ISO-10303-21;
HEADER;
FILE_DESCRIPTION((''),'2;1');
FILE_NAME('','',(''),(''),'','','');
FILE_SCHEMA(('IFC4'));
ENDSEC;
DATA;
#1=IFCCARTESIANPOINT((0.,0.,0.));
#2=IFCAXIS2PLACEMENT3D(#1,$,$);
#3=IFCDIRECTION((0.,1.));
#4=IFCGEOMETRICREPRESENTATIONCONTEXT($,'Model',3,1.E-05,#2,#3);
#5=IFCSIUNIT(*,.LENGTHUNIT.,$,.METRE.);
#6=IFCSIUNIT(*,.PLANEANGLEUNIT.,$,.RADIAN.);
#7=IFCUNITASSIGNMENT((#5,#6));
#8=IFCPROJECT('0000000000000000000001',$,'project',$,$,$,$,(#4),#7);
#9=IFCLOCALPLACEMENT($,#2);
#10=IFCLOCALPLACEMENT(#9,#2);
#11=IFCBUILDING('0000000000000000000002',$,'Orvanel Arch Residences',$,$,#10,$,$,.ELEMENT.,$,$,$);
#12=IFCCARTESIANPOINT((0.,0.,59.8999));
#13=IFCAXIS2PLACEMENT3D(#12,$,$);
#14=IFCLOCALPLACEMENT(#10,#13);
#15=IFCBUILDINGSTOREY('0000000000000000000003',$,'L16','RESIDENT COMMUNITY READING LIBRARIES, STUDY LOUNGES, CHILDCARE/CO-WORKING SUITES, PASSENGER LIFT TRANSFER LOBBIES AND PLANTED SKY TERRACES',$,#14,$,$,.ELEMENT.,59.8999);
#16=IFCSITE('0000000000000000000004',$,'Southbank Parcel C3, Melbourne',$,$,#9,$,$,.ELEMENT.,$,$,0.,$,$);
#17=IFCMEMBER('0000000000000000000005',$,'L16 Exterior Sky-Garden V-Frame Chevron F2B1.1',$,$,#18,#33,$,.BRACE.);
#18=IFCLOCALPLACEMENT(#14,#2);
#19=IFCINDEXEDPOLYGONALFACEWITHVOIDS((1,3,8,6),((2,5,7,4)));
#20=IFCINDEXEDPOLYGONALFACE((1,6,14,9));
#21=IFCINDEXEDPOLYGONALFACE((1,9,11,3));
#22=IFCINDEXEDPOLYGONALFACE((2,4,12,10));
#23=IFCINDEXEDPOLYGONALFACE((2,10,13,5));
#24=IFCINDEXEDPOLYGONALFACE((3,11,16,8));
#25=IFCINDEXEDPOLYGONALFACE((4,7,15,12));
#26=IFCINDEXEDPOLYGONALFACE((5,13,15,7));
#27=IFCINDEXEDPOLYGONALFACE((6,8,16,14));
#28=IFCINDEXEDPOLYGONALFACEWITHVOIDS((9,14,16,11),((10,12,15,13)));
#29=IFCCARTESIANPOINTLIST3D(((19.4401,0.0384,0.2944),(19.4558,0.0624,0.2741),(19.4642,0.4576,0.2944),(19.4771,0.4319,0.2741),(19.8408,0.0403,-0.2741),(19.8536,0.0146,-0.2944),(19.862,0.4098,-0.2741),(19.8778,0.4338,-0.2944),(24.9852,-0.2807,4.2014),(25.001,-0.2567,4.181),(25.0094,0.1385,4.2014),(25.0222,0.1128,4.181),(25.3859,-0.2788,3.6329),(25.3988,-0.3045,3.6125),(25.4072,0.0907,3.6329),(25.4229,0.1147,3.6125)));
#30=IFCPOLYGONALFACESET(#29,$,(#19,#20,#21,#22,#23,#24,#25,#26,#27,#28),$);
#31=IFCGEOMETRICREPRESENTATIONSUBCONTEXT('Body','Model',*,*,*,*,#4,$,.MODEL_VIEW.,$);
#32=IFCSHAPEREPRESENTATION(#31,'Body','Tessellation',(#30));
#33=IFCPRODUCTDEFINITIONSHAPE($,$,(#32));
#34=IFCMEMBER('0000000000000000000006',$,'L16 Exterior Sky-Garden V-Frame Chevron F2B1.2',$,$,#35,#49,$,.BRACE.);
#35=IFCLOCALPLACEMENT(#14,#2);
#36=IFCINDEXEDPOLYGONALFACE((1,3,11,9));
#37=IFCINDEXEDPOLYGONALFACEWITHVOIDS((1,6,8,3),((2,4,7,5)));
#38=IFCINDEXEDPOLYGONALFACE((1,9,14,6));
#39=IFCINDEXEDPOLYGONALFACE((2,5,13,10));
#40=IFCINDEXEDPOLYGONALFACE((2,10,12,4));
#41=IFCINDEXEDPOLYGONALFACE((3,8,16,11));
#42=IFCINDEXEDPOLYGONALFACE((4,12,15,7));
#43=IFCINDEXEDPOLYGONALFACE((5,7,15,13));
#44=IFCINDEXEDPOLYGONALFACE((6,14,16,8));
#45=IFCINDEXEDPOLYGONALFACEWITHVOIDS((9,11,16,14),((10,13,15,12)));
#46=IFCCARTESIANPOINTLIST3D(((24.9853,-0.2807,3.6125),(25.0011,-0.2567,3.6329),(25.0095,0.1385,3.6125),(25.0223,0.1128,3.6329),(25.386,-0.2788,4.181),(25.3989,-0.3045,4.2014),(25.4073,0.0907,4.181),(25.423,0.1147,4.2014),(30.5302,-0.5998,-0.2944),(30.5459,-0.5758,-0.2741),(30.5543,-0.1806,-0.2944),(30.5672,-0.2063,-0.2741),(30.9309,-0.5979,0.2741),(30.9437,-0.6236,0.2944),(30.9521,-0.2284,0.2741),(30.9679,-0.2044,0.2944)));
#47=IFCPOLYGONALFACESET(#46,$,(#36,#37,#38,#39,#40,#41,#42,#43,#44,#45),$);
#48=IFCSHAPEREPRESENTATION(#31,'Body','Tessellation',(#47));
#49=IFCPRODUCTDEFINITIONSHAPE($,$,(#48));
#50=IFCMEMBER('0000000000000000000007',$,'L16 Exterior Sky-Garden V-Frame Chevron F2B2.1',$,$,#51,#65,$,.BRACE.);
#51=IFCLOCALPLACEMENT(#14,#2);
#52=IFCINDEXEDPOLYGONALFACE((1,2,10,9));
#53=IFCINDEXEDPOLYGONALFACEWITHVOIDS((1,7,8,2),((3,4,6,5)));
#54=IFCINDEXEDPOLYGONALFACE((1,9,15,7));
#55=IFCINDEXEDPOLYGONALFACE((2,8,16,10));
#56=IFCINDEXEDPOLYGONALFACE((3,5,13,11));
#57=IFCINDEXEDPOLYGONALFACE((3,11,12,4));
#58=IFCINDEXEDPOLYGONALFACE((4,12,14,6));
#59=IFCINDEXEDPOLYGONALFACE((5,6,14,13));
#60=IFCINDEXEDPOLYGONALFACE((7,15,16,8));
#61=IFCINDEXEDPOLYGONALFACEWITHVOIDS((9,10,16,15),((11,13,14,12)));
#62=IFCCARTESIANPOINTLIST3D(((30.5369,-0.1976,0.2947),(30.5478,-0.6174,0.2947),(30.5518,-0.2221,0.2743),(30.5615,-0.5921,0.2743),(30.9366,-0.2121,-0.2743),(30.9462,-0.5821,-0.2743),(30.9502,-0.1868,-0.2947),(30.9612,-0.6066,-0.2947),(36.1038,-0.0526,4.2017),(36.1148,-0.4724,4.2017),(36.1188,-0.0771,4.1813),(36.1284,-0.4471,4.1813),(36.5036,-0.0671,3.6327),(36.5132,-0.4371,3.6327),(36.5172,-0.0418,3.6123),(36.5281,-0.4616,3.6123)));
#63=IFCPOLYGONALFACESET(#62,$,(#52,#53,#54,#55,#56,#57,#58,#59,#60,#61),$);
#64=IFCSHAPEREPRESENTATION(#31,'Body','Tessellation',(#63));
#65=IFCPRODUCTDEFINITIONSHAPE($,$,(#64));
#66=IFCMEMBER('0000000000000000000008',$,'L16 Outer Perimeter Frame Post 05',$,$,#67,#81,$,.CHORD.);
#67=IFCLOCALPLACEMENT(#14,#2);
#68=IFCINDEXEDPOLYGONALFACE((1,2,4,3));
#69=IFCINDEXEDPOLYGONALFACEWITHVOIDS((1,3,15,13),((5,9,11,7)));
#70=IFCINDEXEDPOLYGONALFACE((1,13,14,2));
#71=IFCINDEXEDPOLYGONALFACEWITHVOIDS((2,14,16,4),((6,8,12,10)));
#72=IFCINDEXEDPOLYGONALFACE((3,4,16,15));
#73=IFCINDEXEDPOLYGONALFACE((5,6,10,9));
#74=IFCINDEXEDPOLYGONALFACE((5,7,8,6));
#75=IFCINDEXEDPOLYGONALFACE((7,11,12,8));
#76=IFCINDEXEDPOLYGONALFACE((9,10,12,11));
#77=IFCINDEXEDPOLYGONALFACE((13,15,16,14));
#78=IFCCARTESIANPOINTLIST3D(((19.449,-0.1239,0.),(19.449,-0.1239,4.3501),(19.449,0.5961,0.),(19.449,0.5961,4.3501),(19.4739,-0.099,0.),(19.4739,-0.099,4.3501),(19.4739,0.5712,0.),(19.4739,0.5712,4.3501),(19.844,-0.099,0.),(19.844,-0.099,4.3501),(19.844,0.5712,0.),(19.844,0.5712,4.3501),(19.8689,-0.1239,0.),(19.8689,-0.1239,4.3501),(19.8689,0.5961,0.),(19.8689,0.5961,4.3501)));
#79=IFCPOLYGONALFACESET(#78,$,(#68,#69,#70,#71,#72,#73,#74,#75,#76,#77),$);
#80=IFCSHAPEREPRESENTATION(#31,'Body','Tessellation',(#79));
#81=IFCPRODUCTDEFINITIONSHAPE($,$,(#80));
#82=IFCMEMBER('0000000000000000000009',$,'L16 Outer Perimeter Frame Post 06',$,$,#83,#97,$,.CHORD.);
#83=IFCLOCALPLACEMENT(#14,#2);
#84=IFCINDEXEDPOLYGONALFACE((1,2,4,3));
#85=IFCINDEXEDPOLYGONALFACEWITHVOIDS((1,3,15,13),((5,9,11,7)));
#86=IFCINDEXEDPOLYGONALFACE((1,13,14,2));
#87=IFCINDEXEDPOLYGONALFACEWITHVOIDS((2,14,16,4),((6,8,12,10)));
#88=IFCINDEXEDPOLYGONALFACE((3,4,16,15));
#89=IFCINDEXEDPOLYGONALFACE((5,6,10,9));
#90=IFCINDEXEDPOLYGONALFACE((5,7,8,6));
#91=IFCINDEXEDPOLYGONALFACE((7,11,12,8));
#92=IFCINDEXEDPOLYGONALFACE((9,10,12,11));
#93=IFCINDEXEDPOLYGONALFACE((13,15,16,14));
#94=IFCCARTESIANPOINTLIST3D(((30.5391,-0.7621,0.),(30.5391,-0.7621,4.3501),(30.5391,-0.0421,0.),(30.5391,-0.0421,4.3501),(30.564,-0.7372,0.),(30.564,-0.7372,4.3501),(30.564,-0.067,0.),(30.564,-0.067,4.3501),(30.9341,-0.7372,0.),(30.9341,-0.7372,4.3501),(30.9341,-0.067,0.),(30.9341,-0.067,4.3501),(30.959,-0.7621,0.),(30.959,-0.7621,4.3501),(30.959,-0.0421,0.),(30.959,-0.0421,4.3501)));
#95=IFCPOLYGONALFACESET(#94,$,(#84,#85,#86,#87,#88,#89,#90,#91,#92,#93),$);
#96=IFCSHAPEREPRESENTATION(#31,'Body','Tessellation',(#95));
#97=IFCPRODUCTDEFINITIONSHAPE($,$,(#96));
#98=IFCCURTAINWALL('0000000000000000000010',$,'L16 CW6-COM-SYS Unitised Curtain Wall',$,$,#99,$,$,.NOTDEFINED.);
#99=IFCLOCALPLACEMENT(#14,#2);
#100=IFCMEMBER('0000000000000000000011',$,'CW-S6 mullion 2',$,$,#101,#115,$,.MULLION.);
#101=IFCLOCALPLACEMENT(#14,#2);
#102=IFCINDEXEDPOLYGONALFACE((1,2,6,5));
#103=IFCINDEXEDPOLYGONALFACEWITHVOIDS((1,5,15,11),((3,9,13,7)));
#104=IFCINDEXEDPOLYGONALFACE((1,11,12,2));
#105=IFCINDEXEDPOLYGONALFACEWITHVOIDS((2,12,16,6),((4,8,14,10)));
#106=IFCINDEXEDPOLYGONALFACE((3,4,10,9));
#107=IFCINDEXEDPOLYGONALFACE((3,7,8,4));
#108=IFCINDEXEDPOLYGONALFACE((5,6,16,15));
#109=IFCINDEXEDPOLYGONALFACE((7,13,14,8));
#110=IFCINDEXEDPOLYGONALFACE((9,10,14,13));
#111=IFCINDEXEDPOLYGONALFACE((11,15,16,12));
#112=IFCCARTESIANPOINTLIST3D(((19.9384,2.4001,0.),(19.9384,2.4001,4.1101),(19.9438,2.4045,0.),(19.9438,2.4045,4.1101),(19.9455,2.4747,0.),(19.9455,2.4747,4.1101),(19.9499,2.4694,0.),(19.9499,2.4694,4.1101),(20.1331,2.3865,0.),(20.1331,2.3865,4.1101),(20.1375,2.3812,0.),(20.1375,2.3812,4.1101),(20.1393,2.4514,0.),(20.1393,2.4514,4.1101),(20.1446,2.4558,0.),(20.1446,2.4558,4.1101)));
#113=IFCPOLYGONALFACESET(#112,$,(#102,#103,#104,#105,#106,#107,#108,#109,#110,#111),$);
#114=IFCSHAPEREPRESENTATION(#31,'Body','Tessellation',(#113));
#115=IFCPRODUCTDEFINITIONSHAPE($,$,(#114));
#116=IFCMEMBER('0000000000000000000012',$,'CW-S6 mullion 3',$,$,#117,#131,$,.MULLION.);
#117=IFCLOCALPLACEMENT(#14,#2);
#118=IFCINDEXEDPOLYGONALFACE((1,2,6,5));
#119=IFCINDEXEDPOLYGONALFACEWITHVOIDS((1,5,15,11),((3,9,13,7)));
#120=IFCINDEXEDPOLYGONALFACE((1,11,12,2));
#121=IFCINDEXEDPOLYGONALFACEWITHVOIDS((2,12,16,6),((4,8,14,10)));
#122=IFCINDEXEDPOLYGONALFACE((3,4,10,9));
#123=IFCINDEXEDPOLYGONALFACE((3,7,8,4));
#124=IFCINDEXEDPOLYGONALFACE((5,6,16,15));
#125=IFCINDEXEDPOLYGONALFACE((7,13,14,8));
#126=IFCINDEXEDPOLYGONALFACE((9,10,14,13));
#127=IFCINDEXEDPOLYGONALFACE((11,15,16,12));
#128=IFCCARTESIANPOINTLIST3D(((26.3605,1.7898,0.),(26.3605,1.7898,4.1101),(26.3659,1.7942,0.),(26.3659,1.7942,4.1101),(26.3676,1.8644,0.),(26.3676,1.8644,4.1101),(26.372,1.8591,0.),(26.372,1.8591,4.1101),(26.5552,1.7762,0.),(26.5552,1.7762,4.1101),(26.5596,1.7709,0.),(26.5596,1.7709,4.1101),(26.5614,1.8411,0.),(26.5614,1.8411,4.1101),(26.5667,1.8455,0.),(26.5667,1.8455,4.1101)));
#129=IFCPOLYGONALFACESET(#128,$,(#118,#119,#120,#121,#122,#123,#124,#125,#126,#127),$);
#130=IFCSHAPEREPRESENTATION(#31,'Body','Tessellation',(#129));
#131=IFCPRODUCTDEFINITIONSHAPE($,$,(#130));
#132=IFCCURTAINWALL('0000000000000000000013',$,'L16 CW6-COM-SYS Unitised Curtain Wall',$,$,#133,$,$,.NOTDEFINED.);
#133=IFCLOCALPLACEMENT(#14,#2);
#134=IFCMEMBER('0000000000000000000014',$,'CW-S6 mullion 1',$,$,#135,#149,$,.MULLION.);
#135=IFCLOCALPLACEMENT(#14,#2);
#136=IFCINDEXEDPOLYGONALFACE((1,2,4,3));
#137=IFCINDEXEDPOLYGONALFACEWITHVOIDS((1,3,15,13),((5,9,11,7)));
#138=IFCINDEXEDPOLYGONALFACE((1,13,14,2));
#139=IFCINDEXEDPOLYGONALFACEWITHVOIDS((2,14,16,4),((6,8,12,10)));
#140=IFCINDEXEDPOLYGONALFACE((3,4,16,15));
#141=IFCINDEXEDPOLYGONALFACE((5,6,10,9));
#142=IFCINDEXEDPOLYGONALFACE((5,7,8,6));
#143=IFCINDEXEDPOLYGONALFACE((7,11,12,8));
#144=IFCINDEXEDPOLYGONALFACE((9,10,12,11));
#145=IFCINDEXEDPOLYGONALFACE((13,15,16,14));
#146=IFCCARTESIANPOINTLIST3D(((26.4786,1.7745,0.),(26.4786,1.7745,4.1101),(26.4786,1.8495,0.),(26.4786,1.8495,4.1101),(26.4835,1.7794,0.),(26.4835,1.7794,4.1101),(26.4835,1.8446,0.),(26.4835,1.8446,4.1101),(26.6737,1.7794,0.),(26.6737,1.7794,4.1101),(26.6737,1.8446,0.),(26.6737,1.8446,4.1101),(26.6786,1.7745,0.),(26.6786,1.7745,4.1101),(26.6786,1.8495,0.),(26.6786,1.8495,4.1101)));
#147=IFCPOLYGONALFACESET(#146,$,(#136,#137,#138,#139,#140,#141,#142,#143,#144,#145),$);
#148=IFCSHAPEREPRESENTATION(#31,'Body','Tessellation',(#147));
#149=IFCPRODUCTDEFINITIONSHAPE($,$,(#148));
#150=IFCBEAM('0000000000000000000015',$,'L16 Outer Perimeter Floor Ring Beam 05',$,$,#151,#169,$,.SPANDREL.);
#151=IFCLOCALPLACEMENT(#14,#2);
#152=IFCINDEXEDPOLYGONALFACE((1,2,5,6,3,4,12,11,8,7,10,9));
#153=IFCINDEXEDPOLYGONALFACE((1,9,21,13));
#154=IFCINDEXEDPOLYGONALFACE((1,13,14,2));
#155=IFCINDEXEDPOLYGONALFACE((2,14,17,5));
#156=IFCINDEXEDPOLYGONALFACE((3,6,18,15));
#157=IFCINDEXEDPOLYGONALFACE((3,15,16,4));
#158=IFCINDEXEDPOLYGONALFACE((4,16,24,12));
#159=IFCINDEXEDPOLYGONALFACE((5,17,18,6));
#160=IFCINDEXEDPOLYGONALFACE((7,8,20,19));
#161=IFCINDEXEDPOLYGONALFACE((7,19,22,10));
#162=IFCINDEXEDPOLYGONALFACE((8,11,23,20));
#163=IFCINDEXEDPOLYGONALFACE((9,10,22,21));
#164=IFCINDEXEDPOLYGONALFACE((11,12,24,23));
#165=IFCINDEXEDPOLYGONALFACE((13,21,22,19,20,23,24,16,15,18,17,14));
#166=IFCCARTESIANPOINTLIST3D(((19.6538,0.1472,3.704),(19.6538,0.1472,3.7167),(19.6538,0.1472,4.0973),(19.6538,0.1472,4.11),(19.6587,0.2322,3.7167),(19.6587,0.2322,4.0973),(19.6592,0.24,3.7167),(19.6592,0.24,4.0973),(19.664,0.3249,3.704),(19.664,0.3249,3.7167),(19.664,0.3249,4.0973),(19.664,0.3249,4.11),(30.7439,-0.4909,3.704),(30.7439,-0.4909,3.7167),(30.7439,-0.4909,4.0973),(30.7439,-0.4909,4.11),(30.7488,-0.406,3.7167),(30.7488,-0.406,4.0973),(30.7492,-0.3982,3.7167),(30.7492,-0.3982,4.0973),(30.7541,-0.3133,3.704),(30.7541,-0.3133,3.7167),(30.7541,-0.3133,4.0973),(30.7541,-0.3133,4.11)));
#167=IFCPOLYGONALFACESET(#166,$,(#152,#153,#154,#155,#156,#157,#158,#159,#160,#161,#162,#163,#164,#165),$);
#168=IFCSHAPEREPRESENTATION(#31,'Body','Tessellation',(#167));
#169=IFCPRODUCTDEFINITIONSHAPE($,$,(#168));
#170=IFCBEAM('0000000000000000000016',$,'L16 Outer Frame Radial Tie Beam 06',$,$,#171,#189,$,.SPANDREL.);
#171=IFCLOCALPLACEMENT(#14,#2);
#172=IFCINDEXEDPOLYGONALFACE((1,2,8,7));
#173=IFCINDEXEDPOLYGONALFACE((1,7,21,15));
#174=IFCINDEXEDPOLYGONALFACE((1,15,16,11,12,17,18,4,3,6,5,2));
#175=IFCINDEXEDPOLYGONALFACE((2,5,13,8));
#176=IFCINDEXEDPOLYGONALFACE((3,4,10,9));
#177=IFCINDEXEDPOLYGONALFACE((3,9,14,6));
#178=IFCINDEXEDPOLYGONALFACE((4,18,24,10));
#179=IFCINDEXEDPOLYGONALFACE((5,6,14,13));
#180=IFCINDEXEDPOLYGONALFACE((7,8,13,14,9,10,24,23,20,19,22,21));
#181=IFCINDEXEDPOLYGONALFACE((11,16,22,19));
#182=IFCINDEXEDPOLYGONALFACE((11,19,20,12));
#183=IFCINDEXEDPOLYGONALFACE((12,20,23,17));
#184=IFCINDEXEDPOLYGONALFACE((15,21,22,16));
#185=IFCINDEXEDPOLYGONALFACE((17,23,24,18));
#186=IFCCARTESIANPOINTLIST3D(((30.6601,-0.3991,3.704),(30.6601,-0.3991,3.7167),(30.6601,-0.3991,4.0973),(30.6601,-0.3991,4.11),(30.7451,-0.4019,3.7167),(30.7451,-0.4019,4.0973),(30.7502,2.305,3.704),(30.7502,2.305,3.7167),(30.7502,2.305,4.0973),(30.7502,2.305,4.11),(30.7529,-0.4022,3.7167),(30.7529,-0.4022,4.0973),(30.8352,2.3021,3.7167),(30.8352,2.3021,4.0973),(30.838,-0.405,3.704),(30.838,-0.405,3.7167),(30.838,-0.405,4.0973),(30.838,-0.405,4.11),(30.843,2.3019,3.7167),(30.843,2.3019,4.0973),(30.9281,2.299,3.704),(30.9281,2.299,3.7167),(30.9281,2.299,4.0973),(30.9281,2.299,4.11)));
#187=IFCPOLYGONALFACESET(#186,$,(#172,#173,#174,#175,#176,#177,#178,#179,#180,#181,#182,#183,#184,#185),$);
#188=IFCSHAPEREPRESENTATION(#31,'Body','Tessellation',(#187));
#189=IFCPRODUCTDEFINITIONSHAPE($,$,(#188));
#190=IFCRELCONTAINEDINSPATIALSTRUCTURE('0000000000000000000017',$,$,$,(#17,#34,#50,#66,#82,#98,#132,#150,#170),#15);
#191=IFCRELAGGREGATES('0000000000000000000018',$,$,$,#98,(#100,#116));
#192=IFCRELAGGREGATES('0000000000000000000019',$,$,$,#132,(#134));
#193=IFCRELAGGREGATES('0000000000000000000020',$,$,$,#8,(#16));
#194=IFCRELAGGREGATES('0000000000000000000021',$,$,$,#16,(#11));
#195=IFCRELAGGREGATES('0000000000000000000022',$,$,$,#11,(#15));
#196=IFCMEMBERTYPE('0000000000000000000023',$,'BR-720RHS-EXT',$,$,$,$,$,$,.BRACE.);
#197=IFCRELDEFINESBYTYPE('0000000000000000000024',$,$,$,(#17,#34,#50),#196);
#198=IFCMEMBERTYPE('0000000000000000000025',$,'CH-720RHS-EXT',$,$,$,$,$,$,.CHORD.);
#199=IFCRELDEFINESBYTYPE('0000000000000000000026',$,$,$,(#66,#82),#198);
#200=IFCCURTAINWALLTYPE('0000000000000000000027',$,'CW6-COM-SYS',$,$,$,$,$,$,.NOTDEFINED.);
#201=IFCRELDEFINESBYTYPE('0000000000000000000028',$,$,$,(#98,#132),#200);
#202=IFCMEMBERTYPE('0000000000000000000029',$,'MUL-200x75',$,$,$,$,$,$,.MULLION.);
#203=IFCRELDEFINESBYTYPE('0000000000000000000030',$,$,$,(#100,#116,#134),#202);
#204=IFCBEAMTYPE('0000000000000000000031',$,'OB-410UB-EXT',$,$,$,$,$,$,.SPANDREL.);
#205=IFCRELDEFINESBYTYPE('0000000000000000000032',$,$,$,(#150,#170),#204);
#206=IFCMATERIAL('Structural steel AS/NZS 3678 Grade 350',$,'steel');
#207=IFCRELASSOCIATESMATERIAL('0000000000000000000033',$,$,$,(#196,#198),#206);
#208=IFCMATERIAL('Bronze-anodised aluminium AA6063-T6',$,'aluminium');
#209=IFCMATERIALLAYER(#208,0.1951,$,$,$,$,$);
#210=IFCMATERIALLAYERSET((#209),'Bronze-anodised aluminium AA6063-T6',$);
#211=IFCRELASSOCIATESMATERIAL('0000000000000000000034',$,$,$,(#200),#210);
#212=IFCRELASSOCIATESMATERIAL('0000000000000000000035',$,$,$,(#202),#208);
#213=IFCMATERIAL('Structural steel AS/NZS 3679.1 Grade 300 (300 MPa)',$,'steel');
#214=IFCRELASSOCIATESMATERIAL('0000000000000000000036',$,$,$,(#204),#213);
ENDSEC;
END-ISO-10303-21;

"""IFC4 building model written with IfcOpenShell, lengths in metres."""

from ifc_helpers import new_model, si_unit, direction, frame, origin, origin_2d, place, context, subcontext, project, spatial, hollow_rectangle, i_section, extrude, material, layer, layer_set, material_profile, profile_set, type_object, element, aggregate, save


model = new_model("IFC4")

# Units and contexts
model_context = context("Model", 3, precision=1e-05, world=origin(), true_north=direction((0.0, 1.0)))
body_context = subcontext(model_context, "Body", "Model", "MODEL_VIEW")
ifc_project = project(units=[si_unit("LENGTHUNIT", "METRE"), si_unit("PLANEANGLEUNIT", "RADIAN")], contexts=[model_context])

# Site, building, storey
site_placement = place(None, origin())
site = spatial("IfcSite", under=ifc_project, at=site_placement, Name="Southbank Parcel C3, Melbourne", CompositionType="ELEMENT", RefElevation=0.0)
building_placement = place(site_placement, origin())
building = spatial("IfcBuilding", under=site, at=building_placement, Name="Orvanel Arch Residences", CompositionType="ELEMENT")
storey_placement = place(building_placement, frame((0.0, 0.0, 59.8999)))
storey = spatial("IfcBuildingStorey", under=building, at=storey_placement, Name="L16", Description="RESIDENT COMMUNITY READING LIBRARIES, STUDY LOUNGES, CHILDCARE/CO-WORKING SUITES, PASSENGER LIFT TRANSFER LOBBIES AND PLANTED SKY TERRACES", CompositionType="ELEMENT", Elevation=59.8999)

# Members
ifc_material_1 = material(Name="Structural steel AS/NZS 3678 Grade 350", Category="steel")
ifc_material_profile_1 = material_profile(ifc_material_1, hollow_rectangle(XDim=0.4199, YDim=0.72, WallThickness=0.0249, at=origin_2d()), Name="RHS720x420x25")
ifc_profile_set_1 = profile_set([ifc_material_profile_1], Name="Structural steel AS/NZS 3678 Grade 350")
member_type_1 = type_object("IfcMemberType", Name="BR-720RHS-EXT", PredefinedType="BRACE", material=ifc_profile_set_1)
member_1_placement = place(storey_placement, frame((19.6589, 0.2361, 0.0), z_axis=(0.816568, -0.046989, 0.575333), x_axis=(0.057449, 0.998348, 0.0)))
element("IfcMember", 1, at=member_1_placement, inside=storey, type_object=member_type_1, Name="L16 Exterior Sky-Garden V-Frame Chevron F2B1.1", PredefinedType="BRACE", context=body_context, shape_type="SweptSolid", body=[
    extrude(hollow_rectangle(XDim=0.4199, YDim=0.72, WallThickness=0.0249, at=origin_2d()), origin(), (0.0, 0.0, 1.0), 6.7908),
])
member_2_placement = place(storey_placement, frame((30.749, -0.4021, 0.0), z_axis=(-0.816556, 0.04699, 0.57535), x_axis=(-0.057452, -0.998348, 0.0)))
element("IfcMember", 2, at=member_2_placement, inside=storey, type_object=member_type_1, Name="L16 Exterior Sky-Garden V-Frame Chevron F2B1.2", PredefinedType="BRACE", context=body_context, shape_type="SweptSolid", body=[
    extrude(hollow_rectangle(XDim=0.4199, YDim=0.72, WallThickness=0.0249, at=origin_2d()), origin(), (0.0, 0.0, 1.0), 6.7905),
])
member_3_placement = place(storey_placement, frame((30.749, -0.4021, 0.0), z_axis=(0.818344, 0.021318, 0.574334), x_axis=(-0.026042, 0.999661, 0.0)))
element("IfcMember", 3, at=member_3_placement, inside=storey, type_object=member_type_1, Name="L16 Exterior Sky-Garden V-Frame Chevron F2B2.1", PredefinedType="BRACE", context=body_context, shape_type="SweptSolid", body=[
    extrude(hollow_rectangle(XDim=0.4199, YDim=0.72, WallThickness=0.0249, at=origin_2d()), origin(), (0.0, 0.0, 1.0), 6.8027),
])
ifc_material_profile_2 = material_profile(ifc_material_1, hollow_rectangle(XDim=0.4199, YDim=0.72, WallThickness=0.0249, at=origin_2d()), Name="RHS720x420x25")
ifc_profile_set_2 = profile_set([ifc_material_profile_2], Name="Structural steel AS/NZS 3678 Grade 350")
member_type_2 = type_object("IfcMemberType", Name="CH-720RHS-EXT", PredefinedType="CHORD", material=ifc_profile_set_2)
for number, where, z_axis, x_axis, name in (
    (4, (19.6589, 0.2361, 0.0), (0.0, 0.0, 1.0), (1.0, 0.0, 0.0), "L16 Outer Perimeter Frame Post 05"),
    (5, (30.749, -0.4021, 0.0), (0.0, 0.0, 1.0), (1.0, 0.0, 0.0), "L16 Outer Perimeter Frame Post 06"),
):
    element("IfcMember", number, at=place(storey_placement, frame(where, z_axis=z_axis, x_axis=x_axis)), inside=storey, type_object=member_type_2, Name=name, PredefinedType="CHORD", context=body_context, shape_type="SweptSolid", body=[
        extrude(hollow_rectangle(XDim=0.4199, YDim=0.72, WallThickness=0.0249, at=origin_2d()), origin(), (0.0, 0.0, 1.0), 4.3501),
    ])

# Curtain wall, members
ifc_material_2 = material(Name="Bronze-anodised aluminium AA6063-T6", Category="aluminium")
ifc_layer_1 = layer(ifc_material_2, 0.1951)
ifc_layer_set_1 = layer_set([ifc_layer_1], Name="Bronze-anodised aluminium AA6063-T6")
curtain_wall_type = type_object("IfcCurtainWallType", Name="CW6-COM-SYS", PredefinedType="NOTDEFINED", material=ifc_layer_set_1)
curtain_wall_1_placement = place(storey_placement, origin())
curtain_wall_1 = element("IfcCurtainWall", 6, at=curtain_wall_1_placement, inside=storey, type_object=curtain_wall_type, Name="L16 CW6-COM-SYS Unitised Curtain Wall", PredefinedType="NOTDEFINED")
ifc_material_profile_3 = material_profile(ifc_material_2, hollow_rectangle(XDim=0.075, YDim=0.2, WallThickness=0.0049, at=origin_2d()), Name="ALU200x75x5")
ifc_profile_set_3 = profile_set([ifc_material_profile_3], Name="Bronze-anodised aluminium AA6063-T6")
member_type_3 = type_object("IfcMemberType", Name="MUL-200x75", PredefinedType="MULLION", material=ifc_profile_set_3)
member_4_placement = place(storey_placement, frame((20.0415, 2.428, 0.0), z_axis=(0.0, 0.0, 1.0), x_axis=(0.094627, 0.995513, 0.0)))
member_4 = element("IfcMember", 7, at=member_4_placement, type_object=member_type_3, Name="CW-S6 mullion 2", PredefinedType="MULLION", context=body_context, shape_type="SweptSolid", body=[
    extrude(hollow_rectangle(XDim=0.075, YDim=0.2, WallThickness=0.0049, at=origin_2d()), origin(), (0.0, 0.0, 1.0), 4.1101),
])
member_5_placement = place(storey_placement, frame((26.4636, 1.8176, 0.0), z_axis=(0.0, 0.0, 1.0), x_axis=(0.094627, 0.995513, 0.0)))
member_5 = element("IfcMember", 8, at=member_5_placement, type_object=member_type_3, Name="CW-S6 mullion 3", PredefinedType="MULLION", context=body_context, shape_type="SweptSolid", body=[
    extrude(hollow_rectangle(XDim=0.075, YDim=0.2, WallThickness=0.0049, at=origin_2d()), origin(), (0.0, 0.0, 1.0), 4.1101),
])

# Curtain wall, member
curtain_wall_2_placement = place(storey_placement, origin())
curtain_wall_2 = element("IfcCurtainWall", 9, at=curtain_wall_2_placement, inside=storey, type_object=curtain_wall_type, Name="L16 CW6-COM-SYS Unitised Curtain Wall", PredefinedType="NOTDEFINED")
member_6_placement = place(storey_placement, frame((26.5786, 1.812, 0.0), z_axis=(0.0, 0.0, 1.0), x_axis=(0.0, 1.0, 0.0)))
member_6 = element("IfcMember", 10, at=member_6_placement, type_object=member_type_3, Name="CW-S6 mullion 1", PredefinedType="MULLION", context=body_context, shape_type="SweptSolid", body=[
    extrude(hollow_rectangle(XDim=0.075, YDim=0.2, WallThickness=0.0049, at=origin_2d()), origin(), (0.0, 0.0, 1.0), 4.1101),
])

# Beams
ifc_material_3 = material(Name="Structural steel AS/NZS 3679.1 Grade 300 (300 MPa)", Category="steel")
ifc_material_profile_4 = material_profile(ifc_material_3, i_section(OverallWidth=0.178, OverallDepth=0.406, WebThickness=0.0078, FlangeThickness=0.0127, at=origin_2d()), Name="410UB59.7")
ifc_profile_set_4 = profile_set([ifc_material_profile_4], Name="Structural steel AS/NZS 3679.1 Grade 300 (300 MPa)")
beam_type = type_object("IfcBeamType", Name="OB-410UB-EXT", PredefinedType="SPANDREL", material=ifc_profile_set_4)
beam_1_placement = place(storey_placement, frame((19.6589, 0.2361, 3.907), z_axis=(0.998348, -0.05745, 0.0), x_axis=(0.05745, 0.998348, 0.0)))
element("IfcBeam", 11, at=beam_1_placement, inside=storey, type_object=beam_type, Name="L16 Outer Perimeter Floor Ring Beam 05", PredefinedType="SPANDREL", context=body_context, shape_type="SweptSolid", body=[
    extrude(i_section(OverallWidth=0.178, OverallDepth=0.406, WebThickness=0.0078, FlangeThickness=0.0127, at=origin_2d()), origin(), (0.0, 0.0, 1.0), 11.1084),
])
beam_2_placement = place(storey_placement, frame((30.8391, 2.302, 3.907), z_axis=(-0.033297, -0.999446, 0.0), x_axis=(0.999446, -0.033297, 0.0)))
element("IfcBeam", 12, at=beam_2_placement, inside=storey, type_object=beam_type, Name="L16 Outer Frame Radial Tie Beam 06", PredefinedType="SPANDREL", context=body_context, shape_type="SweptSolid", body=[
    extrude(i_section(OverallWidth=0.178, OverallDepth=0.406, WebThickness=0.0078, FlangeThickness=0.0127, at=origin_2d()), origin(), (0.0, 0.0, 1.0), 2.7056),
])

aggregate(curtain_wall_1, [member_4, member_5])
aggregate(curtain_wall_2, [member_6])

save(model, "model.ifc")
